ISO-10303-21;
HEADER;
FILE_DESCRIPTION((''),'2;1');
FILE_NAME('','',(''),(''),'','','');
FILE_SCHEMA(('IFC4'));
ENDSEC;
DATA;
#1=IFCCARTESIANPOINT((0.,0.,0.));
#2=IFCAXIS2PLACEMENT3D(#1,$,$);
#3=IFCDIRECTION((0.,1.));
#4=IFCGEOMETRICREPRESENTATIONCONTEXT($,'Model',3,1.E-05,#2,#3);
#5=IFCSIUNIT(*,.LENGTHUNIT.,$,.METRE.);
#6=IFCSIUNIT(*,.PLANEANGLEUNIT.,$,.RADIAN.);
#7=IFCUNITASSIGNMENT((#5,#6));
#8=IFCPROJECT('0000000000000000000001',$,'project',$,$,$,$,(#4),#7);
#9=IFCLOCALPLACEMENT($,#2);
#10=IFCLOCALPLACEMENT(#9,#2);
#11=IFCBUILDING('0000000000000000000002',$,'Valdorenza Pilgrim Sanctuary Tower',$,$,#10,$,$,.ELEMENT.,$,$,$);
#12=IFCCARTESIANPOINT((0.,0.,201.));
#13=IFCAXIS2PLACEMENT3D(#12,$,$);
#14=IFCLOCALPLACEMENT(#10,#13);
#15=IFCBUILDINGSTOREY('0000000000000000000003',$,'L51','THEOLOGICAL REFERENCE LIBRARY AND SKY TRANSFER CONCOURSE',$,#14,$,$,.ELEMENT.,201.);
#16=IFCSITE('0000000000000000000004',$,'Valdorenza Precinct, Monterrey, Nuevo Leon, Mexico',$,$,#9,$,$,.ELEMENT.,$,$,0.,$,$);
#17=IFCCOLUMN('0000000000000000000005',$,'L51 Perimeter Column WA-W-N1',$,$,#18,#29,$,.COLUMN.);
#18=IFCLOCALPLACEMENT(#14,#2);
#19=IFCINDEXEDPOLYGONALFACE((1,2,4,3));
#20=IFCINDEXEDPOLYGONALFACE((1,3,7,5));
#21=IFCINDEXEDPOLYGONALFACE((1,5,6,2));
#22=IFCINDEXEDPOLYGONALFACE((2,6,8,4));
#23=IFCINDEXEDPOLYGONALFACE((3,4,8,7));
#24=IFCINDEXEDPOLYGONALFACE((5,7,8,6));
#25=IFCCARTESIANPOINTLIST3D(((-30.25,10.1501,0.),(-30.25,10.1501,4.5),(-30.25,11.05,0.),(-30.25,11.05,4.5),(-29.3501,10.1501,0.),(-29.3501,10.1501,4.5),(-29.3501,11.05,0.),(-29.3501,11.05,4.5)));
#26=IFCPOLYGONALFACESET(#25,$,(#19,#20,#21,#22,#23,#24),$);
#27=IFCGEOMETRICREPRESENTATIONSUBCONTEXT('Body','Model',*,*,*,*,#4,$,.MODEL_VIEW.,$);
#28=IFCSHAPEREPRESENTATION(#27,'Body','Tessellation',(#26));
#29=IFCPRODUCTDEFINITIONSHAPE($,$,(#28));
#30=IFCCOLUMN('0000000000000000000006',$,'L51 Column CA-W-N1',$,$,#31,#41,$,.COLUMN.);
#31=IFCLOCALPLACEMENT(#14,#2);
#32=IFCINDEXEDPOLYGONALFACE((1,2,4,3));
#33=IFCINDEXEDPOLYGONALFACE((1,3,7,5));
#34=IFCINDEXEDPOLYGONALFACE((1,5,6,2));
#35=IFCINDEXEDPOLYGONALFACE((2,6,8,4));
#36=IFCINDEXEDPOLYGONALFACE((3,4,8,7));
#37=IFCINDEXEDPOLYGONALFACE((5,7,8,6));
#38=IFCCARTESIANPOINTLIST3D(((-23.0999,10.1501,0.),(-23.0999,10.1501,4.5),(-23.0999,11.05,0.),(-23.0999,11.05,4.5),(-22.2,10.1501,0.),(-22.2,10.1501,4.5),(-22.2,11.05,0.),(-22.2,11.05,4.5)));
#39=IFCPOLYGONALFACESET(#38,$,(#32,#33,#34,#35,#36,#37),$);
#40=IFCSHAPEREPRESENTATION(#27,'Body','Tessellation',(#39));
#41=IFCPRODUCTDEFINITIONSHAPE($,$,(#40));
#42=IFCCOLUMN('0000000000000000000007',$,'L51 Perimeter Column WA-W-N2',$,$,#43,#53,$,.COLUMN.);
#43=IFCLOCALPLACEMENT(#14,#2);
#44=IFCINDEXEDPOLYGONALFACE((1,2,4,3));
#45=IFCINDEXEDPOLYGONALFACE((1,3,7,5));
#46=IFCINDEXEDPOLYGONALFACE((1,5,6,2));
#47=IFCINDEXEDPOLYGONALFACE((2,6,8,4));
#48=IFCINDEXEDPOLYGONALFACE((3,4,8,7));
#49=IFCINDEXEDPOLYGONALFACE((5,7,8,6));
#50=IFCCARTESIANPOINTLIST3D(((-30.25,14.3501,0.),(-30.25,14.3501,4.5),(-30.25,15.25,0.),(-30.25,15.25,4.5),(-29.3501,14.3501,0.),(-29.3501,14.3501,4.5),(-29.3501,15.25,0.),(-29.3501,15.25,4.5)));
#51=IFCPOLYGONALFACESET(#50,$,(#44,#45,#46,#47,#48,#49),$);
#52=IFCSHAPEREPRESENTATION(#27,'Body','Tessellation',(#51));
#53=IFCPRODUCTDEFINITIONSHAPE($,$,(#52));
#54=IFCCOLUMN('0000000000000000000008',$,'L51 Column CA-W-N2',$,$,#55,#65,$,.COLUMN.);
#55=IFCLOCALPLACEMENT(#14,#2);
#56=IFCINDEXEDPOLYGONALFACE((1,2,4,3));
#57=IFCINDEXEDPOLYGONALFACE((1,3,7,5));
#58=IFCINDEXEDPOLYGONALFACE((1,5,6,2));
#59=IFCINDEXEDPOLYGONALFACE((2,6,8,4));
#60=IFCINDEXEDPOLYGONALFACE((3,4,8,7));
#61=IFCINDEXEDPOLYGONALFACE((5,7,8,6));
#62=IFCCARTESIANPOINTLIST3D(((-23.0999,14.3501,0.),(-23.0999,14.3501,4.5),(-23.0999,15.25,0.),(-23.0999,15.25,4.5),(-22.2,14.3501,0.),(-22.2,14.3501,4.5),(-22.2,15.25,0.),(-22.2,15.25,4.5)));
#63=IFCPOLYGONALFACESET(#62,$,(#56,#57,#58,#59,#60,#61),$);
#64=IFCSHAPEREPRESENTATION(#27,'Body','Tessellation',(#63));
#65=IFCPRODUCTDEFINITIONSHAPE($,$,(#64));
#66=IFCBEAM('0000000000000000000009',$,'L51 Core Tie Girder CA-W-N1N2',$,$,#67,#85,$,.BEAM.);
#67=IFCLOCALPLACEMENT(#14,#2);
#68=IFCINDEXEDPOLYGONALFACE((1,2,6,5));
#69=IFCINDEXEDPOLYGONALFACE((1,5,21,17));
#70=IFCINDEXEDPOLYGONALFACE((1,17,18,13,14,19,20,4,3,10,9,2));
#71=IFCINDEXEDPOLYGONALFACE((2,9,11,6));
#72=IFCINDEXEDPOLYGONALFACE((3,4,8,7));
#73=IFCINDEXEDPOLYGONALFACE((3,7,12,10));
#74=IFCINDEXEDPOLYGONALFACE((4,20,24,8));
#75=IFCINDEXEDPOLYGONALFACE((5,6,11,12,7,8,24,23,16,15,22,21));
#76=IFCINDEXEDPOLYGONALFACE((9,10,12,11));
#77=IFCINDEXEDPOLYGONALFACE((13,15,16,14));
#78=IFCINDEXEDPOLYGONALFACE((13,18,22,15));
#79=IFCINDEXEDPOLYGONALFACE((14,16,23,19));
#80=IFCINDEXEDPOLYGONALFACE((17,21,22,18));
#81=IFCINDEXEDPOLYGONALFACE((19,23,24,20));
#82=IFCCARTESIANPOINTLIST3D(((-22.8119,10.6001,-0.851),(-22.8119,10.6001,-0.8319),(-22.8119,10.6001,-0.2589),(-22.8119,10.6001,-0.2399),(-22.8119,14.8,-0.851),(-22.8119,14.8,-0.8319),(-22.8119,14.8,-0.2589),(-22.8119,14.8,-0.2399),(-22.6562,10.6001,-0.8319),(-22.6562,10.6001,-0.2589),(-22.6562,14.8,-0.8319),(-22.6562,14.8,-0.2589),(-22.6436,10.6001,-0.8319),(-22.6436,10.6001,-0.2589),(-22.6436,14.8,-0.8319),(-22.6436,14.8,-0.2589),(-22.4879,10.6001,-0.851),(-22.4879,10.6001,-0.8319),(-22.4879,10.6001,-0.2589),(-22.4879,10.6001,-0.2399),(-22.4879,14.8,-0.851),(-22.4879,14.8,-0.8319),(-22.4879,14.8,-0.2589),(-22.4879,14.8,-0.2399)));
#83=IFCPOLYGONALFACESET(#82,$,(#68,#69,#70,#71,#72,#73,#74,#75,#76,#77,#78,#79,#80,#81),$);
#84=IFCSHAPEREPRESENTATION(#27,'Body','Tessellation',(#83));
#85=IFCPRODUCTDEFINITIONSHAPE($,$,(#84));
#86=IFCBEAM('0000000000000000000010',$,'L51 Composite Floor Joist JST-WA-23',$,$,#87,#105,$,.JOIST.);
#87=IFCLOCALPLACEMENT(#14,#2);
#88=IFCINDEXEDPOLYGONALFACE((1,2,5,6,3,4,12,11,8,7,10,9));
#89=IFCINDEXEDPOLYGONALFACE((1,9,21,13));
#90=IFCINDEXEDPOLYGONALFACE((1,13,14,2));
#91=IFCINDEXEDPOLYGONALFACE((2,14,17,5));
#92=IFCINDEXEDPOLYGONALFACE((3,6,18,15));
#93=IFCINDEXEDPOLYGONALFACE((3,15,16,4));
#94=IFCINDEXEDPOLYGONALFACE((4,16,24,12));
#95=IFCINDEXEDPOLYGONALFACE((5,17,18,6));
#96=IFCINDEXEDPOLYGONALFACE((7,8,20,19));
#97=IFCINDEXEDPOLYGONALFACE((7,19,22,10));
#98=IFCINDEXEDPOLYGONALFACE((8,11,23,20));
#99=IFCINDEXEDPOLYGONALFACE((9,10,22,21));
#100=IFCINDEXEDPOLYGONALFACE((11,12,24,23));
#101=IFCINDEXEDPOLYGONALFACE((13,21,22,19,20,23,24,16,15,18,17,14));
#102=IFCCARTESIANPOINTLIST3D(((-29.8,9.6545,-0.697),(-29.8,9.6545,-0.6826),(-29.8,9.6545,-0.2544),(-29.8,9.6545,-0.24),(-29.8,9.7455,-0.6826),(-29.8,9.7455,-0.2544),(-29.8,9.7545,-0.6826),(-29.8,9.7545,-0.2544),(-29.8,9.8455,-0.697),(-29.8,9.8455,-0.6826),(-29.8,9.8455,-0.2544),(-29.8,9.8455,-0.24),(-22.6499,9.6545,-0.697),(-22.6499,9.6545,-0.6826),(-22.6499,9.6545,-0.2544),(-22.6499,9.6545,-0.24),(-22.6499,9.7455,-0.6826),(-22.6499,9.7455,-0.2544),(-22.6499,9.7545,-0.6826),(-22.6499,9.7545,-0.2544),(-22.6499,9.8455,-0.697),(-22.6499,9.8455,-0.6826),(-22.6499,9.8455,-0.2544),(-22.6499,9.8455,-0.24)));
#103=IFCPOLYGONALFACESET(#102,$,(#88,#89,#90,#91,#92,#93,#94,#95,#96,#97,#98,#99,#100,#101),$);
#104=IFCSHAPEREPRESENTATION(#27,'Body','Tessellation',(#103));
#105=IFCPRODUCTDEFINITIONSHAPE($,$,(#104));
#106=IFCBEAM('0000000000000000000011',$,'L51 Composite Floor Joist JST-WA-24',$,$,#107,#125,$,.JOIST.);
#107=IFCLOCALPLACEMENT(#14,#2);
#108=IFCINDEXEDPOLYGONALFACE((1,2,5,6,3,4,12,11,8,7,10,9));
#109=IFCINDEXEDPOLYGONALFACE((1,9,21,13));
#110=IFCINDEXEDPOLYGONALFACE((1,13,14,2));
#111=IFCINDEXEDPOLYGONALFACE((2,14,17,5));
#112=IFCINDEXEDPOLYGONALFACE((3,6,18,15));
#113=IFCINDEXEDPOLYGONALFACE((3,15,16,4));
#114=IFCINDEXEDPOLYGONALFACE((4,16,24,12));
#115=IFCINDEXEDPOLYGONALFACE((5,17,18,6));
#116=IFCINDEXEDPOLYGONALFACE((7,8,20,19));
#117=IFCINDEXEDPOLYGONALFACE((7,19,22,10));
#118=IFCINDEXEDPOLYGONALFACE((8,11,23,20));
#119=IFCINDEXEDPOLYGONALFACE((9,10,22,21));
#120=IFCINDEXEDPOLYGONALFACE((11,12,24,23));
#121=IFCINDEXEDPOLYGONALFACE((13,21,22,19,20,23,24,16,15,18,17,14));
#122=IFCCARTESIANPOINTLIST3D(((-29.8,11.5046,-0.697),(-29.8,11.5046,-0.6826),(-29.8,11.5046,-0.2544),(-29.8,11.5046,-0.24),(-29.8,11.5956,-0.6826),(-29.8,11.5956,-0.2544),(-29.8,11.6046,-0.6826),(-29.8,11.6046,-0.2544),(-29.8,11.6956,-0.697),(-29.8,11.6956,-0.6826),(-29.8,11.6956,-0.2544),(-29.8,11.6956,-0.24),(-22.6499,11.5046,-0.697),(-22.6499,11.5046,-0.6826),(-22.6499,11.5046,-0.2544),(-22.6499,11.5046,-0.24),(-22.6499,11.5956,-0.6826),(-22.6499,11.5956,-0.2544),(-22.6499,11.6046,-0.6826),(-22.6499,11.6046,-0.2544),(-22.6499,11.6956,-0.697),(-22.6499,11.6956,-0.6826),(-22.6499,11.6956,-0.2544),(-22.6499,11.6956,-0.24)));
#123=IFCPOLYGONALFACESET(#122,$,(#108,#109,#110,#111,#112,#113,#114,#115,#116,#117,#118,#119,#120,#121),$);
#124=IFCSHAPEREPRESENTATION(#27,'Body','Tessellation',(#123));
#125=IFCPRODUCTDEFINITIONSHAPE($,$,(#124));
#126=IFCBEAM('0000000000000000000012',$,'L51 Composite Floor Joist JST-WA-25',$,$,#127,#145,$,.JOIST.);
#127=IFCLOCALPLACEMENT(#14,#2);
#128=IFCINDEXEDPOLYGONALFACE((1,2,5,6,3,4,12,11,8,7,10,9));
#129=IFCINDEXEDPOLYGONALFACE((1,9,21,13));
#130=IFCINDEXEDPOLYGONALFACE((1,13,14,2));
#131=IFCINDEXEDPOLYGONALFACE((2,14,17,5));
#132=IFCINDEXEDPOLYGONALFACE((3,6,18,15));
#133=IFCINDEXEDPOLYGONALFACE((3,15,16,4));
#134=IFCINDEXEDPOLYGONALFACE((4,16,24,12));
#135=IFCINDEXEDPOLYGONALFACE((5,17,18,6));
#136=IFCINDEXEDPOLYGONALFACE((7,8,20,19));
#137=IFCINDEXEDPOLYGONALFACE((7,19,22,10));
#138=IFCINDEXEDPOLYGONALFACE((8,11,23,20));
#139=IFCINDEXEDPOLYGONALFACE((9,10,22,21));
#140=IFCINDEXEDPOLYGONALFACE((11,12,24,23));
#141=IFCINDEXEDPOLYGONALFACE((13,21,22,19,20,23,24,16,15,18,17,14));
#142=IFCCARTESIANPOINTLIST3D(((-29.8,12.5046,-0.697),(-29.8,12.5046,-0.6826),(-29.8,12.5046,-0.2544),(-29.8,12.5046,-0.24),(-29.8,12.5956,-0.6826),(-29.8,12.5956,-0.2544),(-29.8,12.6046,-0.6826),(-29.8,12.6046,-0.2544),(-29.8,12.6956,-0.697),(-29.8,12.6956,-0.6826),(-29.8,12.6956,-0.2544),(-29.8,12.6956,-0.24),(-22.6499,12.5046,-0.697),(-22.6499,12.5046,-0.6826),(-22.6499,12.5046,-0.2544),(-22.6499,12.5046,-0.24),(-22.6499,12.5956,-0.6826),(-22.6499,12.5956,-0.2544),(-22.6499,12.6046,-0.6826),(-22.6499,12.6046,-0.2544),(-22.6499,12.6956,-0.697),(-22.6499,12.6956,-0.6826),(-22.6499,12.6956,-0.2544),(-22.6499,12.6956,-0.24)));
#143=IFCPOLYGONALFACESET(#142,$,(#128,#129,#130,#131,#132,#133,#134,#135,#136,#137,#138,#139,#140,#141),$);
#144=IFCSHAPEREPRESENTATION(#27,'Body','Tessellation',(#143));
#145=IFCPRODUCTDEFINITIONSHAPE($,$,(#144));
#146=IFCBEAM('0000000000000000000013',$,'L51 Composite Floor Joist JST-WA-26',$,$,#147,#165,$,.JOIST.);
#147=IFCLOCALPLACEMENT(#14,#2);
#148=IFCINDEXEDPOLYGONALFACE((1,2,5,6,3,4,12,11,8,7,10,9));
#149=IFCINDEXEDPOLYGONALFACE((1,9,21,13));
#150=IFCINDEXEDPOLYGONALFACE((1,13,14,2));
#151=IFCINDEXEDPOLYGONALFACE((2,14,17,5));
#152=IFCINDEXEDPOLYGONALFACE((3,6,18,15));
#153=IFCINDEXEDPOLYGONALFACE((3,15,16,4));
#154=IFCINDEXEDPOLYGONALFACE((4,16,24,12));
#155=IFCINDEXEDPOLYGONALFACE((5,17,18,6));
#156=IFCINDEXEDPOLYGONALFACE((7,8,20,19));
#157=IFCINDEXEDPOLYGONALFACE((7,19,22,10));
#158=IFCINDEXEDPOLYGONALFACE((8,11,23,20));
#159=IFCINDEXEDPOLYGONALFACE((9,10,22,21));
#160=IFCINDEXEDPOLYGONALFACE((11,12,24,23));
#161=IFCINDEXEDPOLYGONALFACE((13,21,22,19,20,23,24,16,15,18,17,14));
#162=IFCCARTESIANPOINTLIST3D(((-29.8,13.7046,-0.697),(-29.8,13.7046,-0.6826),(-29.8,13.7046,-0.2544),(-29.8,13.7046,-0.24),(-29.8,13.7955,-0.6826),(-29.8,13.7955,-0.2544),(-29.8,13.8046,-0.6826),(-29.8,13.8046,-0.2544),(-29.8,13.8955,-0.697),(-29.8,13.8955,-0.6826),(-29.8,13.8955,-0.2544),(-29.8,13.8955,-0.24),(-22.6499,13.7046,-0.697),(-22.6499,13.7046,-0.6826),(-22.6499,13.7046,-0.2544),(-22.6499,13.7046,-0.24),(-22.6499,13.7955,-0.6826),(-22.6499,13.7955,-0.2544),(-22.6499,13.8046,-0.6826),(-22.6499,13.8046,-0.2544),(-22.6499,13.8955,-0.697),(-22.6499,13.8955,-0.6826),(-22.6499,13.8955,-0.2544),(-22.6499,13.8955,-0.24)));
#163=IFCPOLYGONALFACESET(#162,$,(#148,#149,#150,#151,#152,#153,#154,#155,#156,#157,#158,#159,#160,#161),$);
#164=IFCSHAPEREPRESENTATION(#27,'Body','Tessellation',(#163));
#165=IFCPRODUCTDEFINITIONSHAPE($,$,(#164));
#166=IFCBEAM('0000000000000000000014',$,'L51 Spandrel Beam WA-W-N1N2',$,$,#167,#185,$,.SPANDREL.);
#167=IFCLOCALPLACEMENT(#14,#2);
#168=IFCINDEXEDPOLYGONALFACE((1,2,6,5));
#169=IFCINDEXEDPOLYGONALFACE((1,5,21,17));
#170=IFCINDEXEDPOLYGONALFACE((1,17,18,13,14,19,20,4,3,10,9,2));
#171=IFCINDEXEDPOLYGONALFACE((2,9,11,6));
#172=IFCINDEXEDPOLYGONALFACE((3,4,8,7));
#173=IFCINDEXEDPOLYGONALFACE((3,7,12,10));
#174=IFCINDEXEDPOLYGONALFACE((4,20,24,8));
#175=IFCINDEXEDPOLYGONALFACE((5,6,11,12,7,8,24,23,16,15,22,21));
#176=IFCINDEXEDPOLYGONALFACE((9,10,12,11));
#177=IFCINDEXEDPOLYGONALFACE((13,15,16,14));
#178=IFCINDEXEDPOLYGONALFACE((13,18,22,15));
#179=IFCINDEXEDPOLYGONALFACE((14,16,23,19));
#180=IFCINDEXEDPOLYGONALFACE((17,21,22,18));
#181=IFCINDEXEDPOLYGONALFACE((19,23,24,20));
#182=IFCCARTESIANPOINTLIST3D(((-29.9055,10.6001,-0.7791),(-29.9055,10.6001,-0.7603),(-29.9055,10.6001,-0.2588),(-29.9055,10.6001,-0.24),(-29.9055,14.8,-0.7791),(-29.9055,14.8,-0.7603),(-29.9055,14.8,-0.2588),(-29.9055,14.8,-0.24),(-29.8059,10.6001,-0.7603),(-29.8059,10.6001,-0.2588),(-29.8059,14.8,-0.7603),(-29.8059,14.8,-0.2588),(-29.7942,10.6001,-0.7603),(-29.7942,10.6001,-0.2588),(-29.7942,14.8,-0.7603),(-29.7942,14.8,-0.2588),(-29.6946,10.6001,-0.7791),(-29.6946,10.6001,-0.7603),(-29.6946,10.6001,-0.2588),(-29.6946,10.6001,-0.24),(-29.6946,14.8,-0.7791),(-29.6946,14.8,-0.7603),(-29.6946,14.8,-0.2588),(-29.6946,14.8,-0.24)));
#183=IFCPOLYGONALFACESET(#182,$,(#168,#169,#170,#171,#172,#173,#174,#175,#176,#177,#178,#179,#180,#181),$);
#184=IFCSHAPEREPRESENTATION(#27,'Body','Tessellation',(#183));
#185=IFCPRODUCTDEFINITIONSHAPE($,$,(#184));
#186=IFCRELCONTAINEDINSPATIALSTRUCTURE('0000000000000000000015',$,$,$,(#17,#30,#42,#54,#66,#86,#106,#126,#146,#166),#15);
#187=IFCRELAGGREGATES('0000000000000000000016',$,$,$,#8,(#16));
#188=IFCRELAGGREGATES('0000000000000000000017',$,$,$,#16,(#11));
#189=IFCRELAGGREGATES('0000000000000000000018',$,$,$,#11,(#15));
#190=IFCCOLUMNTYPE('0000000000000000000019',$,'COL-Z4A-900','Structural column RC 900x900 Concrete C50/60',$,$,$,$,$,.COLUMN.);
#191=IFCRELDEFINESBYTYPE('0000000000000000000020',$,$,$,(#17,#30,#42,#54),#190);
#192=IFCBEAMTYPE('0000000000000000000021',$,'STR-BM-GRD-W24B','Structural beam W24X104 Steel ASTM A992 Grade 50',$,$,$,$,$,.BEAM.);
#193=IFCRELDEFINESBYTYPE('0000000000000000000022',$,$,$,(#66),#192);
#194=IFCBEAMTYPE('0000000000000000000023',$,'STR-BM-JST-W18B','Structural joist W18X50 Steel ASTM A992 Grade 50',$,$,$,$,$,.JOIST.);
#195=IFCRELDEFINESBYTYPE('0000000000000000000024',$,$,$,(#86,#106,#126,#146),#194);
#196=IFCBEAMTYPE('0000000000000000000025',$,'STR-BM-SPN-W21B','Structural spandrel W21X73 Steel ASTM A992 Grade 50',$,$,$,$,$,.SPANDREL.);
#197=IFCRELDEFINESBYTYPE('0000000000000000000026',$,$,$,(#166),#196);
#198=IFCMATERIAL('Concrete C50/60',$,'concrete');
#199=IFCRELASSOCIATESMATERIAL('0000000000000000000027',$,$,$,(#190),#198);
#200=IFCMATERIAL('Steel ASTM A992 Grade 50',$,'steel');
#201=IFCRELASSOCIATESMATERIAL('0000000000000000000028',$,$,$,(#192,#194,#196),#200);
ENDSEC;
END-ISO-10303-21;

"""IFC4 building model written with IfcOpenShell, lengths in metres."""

from ifc_helpers import new_model, si_unit, direction, frame, origin, origin_2d, place, context, subcontext, project, spatial, rectangle, i_section, extrude, source, transform, mapped, material, material_profile, profile_set, type_object, element, save


model = new_model("IFC4")

# Units and contexts
model_context = context("Model", 3, precision=1e-05, world=origin(), true_north=direction((0.0, 1.0)))
body_context = subcontext(model_context, "Body", "Model", "MODEL_VIEW")
ifc_project = project(units=[si_unit("LENGTHUNIT", "METRE"), si_unit("PLANEANGLEUNIT", "RADIAN")], contexts=[model_context])

# Site, building, storey
site_placement = place(None, origin())
site = spatial("IfcSite", under=ifc_project, at=site_placement, Name="Valdorenza Precinct, Monterrey, Nuevo Leon, Mexico", CompositionType="ELEMENT", RefElevation=0.0)
building_placement = place(site_placement, origin())
building = spatial("IfcBuilding", under=site, at=building_placement, Name="Valdorenza Pilgrim Sanctuary Tower", CompositionType="ELEMENT")
storey_placement = place(building_placement, frame((0.0, 0.0, 201.0)))
storey = spatial("IfcBuildingStorey", under=building, at=storey_placement, Name="L51", Description="THEOLOGICAL REFERENCE LIBRARY AND SKY TRANSFER CONCOURSE", CompositionType="ELEMENT", Elevation=201.0)

# Columns
ifc_material_1 = material(Name="Concrete C50/60", Category="concrete")
ifc_material_profile_1 = material_profile(ifc_material_1, rectangle(XDim=0.8999, YDim=0.8999, at=origin_2d()), Name="RC 900x900")
ifc_profile_set_1 = profile_set([ifc_material_profile_1], Name="Concrete C50/60")
column_type = type_object("IfcColumnType", Name="COL-Z4A-900", Description="Structural column RC 900x900 Concrete C50/60", PredefinedType="COLUMN", material=ifc_profile_set_1)
shared_shape_1 = source(origin(), body_context, "Body", "SweptSolid", [
    extrude(rectangle(XDim=0.8999, YDim=0.8999, at=origin_2d()), origin(), (0.0, 0.0, 1.0), 4.5),
])
for number, where, z_axis, x_axis, name in (
    (1, (-29.8, 10.6001, 0.0), (0.0, 0.0, 1.0), (1.0, 0.0, 0.0), "L51 Perimeter Column WA-W-N1"),
    (2, (-22.6499, 10.6001, 0.0), (0.0, 0.0, 1.0), (1.0, 0.0, 0.0), "L51 Column CA-W-N1"),
    (3, (-29.8, 14.8, 0.0), (0.0, 0.0, 1.0), (1.0, 0.0, 0.0), "L51 Perimeter Column WA-W-N2"),
    (4, (-22.6499, 14.8, 0.0), (0.0, 0.0, 1.0), (1.0, 0.0, 0.0), "L51 Column CA-W-N2"),
):
    element("IfcColumn", number, at=place(storey_placement, frame(where, z_axis=z_axis, x_axis=x_axis)), inside=storey, type_object=column_type, Name=name, PredefinedType="COLUMN", context=body_context, shape_type="MappedRepresentation", body=[
        mapped(shared_shape_1, transform((0.0, 0.0, 0.0), x_axis=(1.0, 0.0, 0.0), y_axis=(0.0, 1.0, 0.0), z_axis=(0.0, 0.0, 1.0), scale=1.0)),
    ])

# Beams
ifc_material_2 = material(Name="Steel ASTM A992 Grade 50", Category="steel")
ifc_material_profile_2 = material_profile(ifc_material_2, i_section(OverallWidth=0.324, OverallDepth=0.6111, WebThickness=0.0127, FlangeThickness=0.019, at=origin_2d()), Name="W24X104")
ifc_profile_set_2 = profile_set([ifc_material_profile_2], Name="Steel ASTM A992 Grade 50")
beam_type_1 = type_object("IfcBeamType", Name="STR-BM-GRD-W24B", Description="Structural beam W24X104 Steel ASTM A992 Grade 50", PredefinedType="BEAM", material=ifc_profile_set_2)
shared_shape_2 = source(origin(), body_context, "Body", "SweptSolid", [
    extrude(i_section(OverallWidth=0.324, OverallDepth=0.6111, WebThickness=0.0127, FlangeThickness=0.019, at=origin_2d()), origin(), (0.0, 0.0, 1.0), 4.2),
])
beam_1_placement = place(storey_placement, frame((-22.6499, 10.6001, -0.5454), z_axis=(0.0, 1.0, 0.0), x_axis=(-1.0, 0.0, 0.0)))
element("IfcBeam", 5, at=beam_1_placement, inside=storey, type_object=beam_type_1, Name="L51 Core Tie Girder CA-W-N1N2", PredefinedType="BEAM", context=body_context, shape_type="MappedRepresentation", body=[
    mapped(shared_shape_2, transform((0.0, 0.0, 0.0), x_axis=(1.0, 0.0, 0.0), y_axis=(0.0, 1.0, 0.0), z_axis=(0.0, 0.0, 1.0), scale=1.0)),
])
ifc_material_profile_3 = material_profile(ifc_material_2, i_section(OverallWidth=0.1909, OverallDepth=0.457, WebThickness=0.009, FlangeThickness=0.0144, at=origin_2d()), Name="W18X50")
ifc_profile_set_3 = profile_set([ifc_material_profile_3], Name="Steel ASTM A992 Grade 50")
beam_type_2 = type_object("IfcBeamType", Name="STR-BM-JST-W18B", Description="Structural joist W18X50 Steel ASTM A992 Grade 50", PredefinedType="JOIST", material=ifc_profile_set_3)
shared_shape_3 = source(origin(), body_context, "Body", "SweptSolid", [
    extrude(i_section(OverallWidth=0.1909, OverallDepth=0.457, WebThickness=0.009, FlangeThickness=0.0144, at=origin_2d()), origin(), (0.0, 0.0, 1.0), 7.1501),
])
for number, where, z_axis, x_axis, name in (
    (6, (-29.8, 9.75, -0.4685), (1.0, 0.0, 0.0), (0.0, 1.0, 0.0), "L51 Composite Floor Joist JST-WA-23"),
    (7, (-29.8, 11.6001, -0.4685), (1.0, 0.0, 0.0), (0.0, 1.0, 0.0), "L51 Composite Floor Joist JST-WA-24"),
    (8, (-29.8, 12.6001, -0.4685), (1.0, 0.0, 0.0), (0.0, 1.0, 0.0), "L51 Composite Floor Joist JST-WA-25"),
    (9, (-29.8, 13.8, -0.4685), (1.0, 0.0, 0.0), (0.0, 1.0, 0.0), "L51 Composite Floor Joist JST-WA-26"),
):
    element("IfcBeam", number, at=place(storey_placement, frame(where, z_axis=z_axis, x_axis=x_axis)), inside=storey, type_object=beam_type_2, Name=name, PredefinedType="JOIST", context=body_context, shape_type="MappedRepresentation", body=[
        mapped(shared_shape_3, transform((0.0, 0.0, 0.0), x_axis=(1.0, 0.0, 0.0), y_axis=(0.0, 1.0, 0.0), z_axis=(0.0, 0.0, 1.0), scale=1.0)),
    ])
ifc_material_profile_4 = material_profile(ifc_material_2, i_section(OverallWidth=0.2109, OverallDepth=0.5391, WebThickness=0.0117, FlangeThickness=0.0188, at=origin_2d()), Name="W21X73")
ifc_profile_set_4 = profile_set([ifc_material_profile_4], Name="Steel ASTM A992 Grade 50")
beam_type_3 = type_object("IfcBeamType", Name="STR-BM-SPN-W21B", Description="Structural spandrel W21X73 Steel ASTM A992 Grade 50", PredefinedType="SPANDREL", material=ifc_profile_set_4)
shared_shape_4 = source(origin(), body_context, "Body", "SweptSolid", [
    extrude(i_section(OverallWidth=0.2109, OverallDepth=0.5391, WebThickness=0.0117, FlangeThickness=0.0188, at=origin_2d()), origin(), (0.0, 0.0, 1.0), 4.2),
])
beam_2_placement = place(storey_placement, frame((-29.8, 10.6001, -0.5095), z_axis=(0.0, 1.0, 0.0), x_axis=(-1.0, 0.0, 0.0)))
element("IfcBeam", 10, at=beam_2_placement, inside=storey, type_object=beam_type_3, Name="L51 Spandrel Beam WA-W-N1N2", PredefinedType="SPANDREL", context=body_context, shape_type="MappedRepresentation", body=[
    mapped(shared_shape_4, transform((0.0, 0.0, 0.0), x_axis=(1.0, 0.0, 0.0), y_axis=(0.0, 1.0, 0.0), z_axis=(0.0, 0.0, 1.0), scale=1.0)),
])

save(model, "model.ifc")
